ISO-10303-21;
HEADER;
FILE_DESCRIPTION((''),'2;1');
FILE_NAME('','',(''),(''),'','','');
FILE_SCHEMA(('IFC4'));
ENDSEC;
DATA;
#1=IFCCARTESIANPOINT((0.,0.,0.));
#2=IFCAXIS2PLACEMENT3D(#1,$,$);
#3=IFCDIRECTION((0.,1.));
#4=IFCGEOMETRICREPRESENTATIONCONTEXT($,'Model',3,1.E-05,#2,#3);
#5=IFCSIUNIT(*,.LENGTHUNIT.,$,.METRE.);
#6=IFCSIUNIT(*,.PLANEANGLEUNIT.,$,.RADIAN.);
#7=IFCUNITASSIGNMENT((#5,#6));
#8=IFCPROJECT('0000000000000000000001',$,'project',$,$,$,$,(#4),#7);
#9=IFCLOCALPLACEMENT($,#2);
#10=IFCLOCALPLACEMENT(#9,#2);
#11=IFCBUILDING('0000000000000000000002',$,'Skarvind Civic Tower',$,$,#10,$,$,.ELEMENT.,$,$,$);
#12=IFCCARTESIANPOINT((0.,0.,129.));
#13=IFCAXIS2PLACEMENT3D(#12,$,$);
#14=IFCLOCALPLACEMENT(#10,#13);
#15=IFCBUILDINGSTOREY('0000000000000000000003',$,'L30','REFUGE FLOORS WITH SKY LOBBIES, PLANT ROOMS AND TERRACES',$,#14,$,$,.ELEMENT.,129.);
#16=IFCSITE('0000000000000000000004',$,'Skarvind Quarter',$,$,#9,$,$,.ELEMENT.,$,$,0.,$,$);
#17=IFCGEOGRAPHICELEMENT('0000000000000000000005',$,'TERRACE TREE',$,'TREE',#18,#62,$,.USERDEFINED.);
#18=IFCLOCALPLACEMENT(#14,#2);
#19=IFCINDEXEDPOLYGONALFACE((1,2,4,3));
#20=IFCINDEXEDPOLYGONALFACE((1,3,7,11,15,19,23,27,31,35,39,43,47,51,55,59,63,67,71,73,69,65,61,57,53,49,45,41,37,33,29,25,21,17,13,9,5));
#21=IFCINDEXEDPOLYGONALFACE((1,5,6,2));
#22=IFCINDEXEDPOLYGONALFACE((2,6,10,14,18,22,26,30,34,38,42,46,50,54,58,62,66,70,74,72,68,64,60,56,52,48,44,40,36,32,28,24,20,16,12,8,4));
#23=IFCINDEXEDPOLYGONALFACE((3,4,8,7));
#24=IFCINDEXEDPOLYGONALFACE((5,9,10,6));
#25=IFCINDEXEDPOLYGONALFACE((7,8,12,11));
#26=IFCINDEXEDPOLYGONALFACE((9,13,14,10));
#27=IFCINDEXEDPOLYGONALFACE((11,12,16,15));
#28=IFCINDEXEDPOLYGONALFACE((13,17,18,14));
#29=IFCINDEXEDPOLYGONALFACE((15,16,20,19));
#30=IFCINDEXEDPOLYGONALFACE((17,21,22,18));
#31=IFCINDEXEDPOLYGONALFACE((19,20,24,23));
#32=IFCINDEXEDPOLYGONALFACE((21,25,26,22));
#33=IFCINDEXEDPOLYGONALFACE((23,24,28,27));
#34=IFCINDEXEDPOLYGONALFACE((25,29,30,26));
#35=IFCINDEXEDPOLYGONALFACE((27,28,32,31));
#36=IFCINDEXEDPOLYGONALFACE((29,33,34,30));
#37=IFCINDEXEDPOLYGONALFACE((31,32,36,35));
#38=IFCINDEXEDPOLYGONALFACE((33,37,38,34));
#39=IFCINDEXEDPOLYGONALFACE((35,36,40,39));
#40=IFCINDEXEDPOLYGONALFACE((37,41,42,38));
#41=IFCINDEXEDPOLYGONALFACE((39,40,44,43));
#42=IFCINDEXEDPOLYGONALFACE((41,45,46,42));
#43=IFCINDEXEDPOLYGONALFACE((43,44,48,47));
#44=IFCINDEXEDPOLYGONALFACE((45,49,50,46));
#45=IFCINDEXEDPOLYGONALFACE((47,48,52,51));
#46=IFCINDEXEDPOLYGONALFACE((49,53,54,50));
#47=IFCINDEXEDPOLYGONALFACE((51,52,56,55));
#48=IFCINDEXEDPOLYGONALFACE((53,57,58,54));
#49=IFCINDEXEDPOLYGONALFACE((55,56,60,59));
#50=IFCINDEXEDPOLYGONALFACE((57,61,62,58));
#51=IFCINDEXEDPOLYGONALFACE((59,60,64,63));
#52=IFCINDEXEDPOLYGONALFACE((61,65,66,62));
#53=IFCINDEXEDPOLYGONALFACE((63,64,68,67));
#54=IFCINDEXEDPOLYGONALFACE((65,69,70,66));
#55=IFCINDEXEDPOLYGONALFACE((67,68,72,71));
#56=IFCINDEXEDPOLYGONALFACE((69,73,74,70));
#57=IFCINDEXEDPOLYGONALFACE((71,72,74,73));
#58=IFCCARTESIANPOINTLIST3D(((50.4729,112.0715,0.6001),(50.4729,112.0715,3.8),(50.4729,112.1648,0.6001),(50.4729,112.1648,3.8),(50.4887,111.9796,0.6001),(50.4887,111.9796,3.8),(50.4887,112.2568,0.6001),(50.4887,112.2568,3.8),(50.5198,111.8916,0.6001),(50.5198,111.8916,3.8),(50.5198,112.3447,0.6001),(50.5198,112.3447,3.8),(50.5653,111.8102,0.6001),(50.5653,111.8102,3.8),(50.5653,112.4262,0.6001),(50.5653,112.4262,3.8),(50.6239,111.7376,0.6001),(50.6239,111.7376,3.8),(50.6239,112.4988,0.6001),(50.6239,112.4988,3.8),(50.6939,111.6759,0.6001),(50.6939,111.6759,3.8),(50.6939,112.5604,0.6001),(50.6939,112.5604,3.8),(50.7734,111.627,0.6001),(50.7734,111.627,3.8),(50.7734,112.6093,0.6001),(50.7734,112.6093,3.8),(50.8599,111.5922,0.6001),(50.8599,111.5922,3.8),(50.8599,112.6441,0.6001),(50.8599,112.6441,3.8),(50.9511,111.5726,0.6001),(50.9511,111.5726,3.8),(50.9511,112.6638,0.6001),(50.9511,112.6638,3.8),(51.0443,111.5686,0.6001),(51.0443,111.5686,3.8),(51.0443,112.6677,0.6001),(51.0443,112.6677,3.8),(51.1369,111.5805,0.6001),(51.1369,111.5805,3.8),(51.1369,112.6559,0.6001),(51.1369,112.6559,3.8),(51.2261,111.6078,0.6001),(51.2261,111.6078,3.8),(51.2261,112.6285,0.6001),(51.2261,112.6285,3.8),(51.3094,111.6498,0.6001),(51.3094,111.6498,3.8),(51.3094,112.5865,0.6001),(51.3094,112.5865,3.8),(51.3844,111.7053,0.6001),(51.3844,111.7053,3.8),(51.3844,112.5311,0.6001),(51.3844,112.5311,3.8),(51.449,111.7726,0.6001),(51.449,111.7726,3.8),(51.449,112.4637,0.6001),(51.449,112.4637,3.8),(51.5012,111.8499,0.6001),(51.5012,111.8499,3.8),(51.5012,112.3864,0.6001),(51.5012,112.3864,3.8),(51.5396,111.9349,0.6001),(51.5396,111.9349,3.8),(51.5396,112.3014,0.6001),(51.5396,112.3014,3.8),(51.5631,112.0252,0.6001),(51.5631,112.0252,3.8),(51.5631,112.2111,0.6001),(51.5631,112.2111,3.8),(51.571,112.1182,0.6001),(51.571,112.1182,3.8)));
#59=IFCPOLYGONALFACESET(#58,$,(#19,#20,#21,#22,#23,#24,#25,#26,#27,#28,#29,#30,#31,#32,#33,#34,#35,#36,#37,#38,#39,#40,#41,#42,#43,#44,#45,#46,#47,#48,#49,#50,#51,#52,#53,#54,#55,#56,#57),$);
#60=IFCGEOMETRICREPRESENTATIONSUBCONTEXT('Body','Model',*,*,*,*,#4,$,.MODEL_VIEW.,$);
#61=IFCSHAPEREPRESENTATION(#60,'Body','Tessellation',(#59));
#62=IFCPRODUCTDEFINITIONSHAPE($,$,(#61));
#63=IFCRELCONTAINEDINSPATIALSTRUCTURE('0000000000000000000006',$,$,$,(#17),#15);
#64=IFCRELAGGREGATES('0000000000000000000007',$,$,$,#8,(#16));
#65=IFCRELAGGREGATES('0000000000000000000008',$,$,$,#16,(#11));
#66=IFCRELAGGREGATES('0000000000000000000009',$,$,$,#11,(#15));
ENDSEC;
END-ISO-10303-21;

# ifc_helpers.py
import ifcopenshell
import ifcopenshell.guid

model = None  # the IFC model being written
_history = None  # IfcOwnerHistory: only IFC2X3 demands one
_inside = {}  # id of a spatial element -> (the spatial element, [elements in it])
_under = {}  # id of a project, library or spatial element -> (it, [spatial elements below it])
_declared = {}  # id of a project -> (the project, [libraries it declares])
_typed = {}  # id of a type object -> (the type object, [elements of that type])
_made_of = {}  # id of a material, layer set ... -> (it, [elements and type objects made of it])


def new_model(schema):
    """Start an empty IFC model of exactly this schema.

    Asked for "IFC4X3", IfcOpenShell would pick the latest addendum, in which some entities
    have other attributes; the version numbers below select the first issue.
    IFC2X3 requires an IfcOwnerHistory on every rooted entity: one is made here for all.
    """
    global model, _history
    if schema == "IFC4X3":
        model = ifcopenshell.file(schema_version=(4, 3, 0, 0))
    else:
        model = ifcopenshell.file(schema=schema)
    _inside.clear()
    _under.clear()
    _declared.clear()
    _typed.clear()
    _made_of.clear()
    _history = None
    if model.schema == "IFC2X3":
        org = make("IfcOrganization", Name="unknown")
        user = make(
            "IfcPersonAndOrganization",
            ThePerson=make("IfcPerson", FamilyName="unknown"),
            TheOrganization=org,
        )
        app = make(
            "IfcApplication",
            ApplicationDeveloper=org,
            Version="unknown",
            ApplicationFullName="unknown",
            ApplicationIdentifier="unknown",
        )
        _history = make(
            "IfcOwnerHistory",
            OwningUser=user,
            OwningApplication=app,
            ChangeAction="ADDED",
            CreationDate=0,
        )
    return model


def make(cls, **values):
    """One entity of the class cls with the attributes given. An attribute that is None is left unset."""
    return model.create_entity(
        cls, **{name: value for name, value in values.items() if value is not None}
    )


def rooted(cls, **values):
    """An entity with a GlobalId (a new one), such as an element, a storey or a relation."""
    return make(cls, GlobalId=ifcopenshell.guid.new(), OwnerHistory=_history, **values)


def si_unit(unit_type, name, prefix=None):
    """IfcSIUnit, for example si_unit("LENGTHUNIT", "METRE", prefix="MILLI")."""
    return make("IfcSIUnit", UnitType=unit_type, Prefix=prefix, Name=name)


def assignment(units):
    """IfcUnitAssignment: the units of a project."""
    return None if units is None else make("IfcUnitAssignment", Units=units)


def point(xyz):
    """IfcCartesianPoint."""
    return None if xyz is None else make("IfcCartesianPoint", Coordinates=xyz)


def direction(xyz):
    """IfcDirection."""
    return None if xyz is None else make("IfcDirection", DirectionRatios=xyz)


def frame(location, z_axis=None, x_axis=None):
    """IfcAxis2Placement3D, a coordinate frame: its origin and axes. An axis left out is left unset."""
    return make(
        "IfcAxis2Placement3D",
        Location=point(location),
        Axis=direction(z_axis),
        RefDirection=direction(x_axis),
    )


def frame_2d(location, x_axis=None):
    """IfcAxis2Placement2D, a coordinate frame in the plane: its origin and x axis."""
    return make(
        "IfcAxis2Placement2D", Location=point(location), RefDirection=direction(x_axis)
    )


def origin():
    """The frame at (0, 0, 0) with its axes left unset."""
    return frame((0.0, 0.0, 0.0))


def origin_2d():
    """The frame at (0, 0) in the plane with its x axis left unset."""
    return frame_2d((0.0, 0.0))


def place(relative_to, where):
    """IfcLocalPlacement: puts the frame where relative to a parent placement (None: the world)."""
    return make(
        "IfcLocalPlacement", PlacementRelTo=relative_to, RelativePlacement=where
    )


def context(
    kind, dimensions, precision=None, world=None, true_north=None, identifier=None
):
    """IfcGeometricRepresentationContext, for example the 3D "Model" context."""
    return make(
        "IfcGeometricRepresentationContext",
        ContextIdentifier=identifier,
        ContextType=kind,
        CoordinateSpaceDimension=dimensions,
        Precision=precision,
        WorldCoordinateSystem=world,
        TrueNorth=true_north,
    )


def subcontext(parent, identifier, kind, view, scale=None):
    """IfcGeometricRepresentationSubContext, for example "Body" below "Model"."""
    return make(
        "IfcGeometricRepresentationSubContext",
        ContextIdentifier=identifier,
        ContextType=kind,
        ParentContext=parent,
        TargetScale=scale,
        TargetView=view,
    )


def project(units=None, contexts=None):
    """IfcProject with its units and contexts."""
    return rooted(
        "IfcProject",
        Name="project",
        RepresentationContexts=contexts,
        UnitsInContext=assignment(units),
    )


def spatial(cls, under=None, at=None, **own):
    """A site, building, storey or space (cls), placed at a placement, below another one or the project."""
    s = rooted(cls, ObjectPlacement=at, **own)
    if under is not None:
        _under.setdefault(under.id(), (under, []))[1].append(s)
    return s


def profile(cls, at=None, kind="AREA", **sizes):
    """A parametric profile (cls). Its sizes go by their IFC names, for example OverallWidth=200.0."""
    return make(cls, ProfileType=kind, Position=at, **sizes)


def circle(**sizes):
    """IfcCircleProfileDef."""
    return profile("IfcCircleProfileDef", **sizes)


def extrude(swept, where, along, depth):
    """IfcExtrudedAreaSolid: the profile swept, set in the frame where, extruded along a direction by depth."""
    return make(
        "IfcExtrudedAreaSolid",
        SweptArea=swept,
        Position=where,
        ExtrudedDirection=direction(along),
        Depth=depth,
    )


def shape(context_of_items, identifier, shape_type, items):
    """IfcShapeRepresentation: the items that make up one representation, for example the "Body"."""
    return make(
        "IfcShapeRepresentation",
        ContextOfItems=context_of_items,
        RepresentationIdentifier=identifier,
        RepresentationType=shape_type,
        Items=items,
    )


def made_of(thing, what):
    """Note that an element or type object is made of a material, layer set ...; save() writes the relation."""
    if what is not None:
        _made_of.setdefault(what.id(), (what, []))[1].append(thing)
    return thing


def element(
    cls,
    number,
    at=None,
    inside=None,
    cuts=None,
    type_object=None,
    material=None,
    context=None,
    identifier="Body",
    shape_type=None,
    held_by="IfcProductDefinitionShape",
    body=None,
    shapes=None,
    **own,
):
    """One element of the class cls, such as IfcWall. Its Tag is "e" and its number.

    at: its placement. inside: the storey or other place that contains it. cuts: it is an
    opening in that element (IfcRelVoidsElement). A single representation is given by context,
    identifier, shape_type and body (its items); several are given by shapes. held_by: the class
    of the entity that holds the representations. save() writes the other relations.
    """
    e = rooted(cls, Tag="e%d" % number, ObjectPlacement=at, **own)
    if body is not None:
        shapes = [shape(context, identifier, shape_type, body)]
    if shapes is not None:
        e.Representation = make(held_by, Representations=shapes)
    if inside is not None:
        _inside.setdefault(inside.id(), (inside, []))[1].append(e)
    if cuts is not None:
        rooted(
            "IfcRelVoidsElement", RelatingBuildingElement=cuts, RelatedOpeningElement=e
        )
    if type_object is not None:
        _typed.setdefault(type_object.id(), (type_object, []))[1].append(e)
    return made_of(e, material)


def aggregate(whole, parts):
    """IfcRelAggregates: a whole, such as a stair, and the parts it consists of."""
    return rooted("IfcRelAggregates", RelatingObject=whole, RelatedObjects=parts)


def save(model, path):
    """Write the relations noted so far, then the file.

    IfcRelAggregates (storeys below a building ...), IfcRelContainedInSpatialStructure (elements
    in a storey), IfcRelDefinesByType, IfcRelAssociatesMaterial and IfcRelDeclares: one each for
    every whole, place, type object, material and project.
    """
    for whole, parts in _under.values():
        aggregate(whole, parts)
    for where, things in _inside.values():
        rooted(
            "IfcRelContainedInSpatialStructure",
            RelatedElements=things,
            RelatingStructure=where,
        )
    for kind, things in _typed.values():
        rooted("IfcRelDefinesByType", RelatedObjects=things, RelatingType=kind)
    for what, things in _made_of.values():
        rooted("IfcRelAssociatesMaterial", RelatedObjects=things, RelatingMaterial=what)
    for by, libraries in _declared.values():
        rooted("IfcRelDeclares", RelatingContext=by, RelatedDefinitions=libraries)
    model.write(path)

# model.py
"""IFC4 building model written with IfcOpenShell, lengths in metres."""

from ifc_helpers import new_model, si_unit, direction, frame, origin, origin_2d, place, context, subcontext, project, spatial, circle, extrude, element, save


model = new_model("IFC4")

# Units and contexts
model_context = context("Model", 3, precision=1e-05, world=origin(), true_north=direction((0.0, 1.0)))
body_context = subcontext(model_context, "Body", "Model", "MODEL_VIEW")
ifc_project = project(units=[si_unit("LENGTHUNIT", "METRE"), si_unit("PLANEANGLEUNIT", "RADIAN")], contexts=[model_context])

# Site, building, storey
site_placement = place(None, origin())
site = spatial("IfcSite", under=ifc_project, at=site_placement, Name="Skarvind Quarter", CompositionType="ELEMENT", RefElevation=0.0)
building_placement = place(site_placement, origin())
building = spatial("IfcBuilding", under=site, at=building_placement, Name="Skarvind Civic Tower", CompositionType="ELEMENT")
storey_placement = place(building_placement, frame((0.0, 0.0, 129.0)))
storey = spatial("IfcBuildingStorey", under=building, at=storey_placement, Name="L30", Description="REFUGE FLOORS WITH SKY LOBBIES, PLANT ROOMS AND TERRACES", CompositionType="ELEMENT", Elevation=129.0)

# Geographic element
geographic_element_placement = place(storey_placement, frame((51.021, 112.1182, 0.6001), z_axis=(0.0, 0.0, 1.0), x_axis=(1.0, 0.0, 0.0)))
element("IfcGeographicElement", 1, at=geographic_element_placement, inside=storey, Name="TERRACE TREE", ObjectType="TREE", PredefinedType="USERDEFINED", context=body_context, shape_type="SweptSolid", body=[
    extrude(circle(Radius=0.55, at=origin_2d()), origin(), (0.0, 0.0, 1.0), 3.2),
])

save(model, "model.ifc")
